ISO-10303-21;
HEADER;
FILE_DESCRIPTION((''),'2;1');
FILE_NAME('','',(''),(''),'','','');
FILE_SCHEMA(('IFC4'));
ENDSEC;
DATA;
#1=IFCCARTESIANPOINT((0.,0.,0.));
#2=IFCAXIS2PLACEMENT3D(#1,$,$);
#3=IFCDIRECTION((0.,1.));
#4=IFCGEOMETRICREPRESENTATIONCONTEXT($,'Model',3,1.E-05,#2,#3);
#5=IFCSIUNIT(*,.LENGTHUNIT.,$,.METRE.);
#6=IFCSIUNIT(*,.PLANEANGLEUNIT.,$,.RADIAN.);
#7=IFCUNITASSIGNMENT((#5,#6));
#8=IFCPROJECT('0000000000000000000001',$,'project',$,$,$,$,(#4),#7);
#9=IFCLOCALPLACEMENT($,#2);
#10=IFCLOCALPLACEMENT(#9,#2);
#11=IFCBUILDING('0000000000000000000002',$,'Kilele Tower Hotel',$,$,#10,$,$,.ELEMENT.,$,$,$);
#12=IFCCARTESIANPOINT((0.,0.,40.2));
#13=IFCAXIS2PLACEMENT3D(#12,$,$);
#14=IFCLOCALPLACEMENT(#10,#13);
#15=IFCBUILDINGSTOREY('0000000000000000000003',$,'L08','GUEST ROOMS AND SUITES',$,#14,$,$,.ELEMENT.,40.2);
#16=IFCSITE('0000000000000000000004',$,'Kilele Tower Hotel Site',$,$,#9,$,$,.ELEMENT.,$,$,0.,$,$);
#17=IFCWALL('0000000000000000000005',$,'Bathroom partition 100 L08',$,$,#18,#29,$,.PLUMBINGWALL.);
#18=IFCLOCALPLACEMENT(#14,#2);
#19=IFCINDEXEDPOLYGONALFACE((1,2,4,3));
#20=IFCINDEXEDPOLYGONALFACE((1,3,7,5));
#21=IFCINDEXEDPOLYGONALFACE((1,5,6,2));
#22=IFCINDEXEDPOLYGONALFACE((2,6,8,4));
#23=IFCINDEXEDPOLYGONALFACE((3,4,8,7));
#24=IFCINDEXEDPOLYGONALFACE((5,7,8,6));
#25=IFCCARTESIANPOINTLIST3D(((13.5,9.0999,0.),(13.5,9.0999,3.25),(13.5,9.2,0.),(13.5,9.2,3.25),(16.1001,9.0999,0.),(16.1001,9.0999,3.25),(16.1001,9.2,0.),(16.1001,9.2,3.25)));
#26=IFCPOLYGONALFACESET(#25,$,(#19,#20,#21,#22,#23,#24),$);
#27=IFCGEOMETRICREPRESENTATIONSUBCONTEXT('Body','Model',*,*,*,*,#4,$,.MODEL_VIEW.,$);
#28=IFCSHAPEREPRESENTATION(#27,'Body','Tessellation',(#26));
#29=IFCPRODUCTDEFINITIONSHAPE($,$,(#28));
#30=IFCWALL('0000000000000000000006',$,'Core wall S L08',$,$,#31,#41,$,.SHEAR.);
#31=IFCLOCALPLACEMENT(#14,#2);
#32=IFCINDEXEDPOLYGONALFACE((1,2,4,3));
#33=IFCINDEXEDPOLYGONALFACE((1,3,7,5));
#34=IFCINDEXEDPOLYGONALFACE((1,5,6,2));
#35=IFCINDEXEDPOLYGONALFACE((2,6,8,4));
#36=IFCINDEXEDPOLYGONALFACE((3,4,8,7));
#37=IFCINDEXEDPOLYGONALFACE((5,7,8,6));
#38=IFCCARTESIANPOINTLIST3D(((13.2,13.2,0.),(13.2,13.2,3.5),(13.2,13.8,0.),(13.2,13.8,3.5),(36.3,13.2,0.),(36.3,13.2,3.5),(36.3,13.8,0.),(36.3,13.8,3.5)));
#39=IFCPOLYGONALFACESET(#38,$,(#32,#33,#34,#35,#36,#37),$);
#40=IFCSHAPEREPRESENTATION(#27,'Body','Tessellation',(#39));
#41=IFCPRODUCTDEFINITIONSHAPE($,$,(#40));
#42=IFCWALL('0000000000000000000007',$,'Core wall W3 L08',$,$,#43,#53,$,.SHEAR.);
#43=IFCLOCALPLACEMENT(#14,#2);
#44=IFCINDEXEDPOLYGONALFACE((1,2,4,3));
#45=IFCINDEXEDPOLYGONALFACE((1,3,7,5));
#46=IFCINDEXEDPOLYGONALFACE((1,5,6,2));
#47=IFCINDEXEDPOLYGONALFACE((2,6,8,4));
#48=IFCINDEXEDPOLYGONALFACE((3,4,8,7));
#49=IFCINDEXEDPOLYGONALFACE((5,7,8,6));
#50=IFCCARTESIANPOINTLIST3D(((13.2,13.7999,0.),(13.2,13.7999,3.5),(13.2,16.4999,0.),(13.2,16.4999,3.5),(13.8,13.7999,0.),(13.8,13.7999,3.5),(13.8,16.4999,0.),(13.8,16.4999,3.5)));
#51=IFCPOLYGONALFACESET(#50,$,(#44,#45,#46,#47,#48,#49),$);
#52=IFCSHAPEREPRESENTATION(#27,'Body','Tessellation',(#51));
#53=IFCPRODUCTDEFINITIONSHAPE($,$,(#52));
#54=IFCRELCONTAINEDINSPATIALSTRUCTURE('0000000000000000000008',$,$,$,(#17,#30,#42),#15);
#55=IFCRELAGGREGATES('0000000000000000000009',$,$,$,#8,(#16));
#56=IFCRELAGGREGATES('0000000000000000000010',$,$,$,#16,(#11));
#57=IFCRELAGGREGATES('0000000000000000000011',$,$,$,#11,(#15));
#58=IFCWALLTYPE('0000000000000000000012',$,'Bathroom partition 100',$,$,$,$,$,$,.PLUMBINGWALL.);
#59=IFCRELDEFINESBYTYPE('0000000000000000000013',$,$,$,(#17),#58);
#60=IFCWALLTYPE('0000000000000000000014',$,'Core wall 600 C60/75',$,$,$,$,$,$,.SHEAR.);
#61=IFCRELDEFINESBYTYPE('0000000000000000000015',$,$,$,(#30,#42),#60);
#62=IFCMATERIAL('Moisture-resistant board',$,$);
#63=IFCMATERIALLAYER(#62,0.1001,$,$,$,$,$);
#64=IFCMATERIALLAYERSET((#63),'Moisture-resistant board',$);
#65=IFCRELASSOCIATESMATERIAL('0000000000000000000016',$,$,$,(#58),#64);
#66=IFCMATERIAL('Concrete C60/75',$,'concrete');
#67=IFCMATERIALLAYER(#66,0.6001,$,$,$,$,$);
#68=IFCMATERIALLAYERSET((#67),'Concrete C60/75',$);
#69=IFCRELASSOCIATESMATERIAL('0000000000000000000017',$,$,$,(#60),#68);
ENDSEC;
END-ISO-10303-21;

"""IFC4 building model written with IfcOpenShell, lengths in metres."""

from ifc_helpers import new_model, si_unit, direction, frame, frame_2d, origin, place, context, subcontext, project, spatial, rectangle, extrude, material, layer, layer_set, type_object, element, save


model = new_model("IFC4")

# Units and contexts
model_context = context("Model", 3, precision=1e-05, world=origin(), true_north=direction((0.0, 1.0)))
body_context = subcontext(model_context, "Body", "Model", "MODEL_VIEW")
ifc_project = project(units=[si_unit("LENGTHUNIT", "METRE"), si_unit("PLANEANGLEUNIT", "RADIAN")], contexts=[model_context])

# Site, building, storey
site_placement = place(None, origin())
site = spatial("IfcSite", under=ifc_project, at=site_placement, Name="Kilele Tower Hotel Site", CompositionType="ELEMENT", RefElevation=0.0)
building_placement = place(site_placement, origin())
building = spatial("IfcBuilding", under=site, at=building_placement, Name="Kilele Tower Hotel", CompositionType="ELEMENT")
storey_placement = place(building_placement, frame((0.0, 0.0, 40.2)))
storey = spatial("IfcBuildingStorey", under=building, at=storey_placement, Name="L08", Description="GUEST ROOMS AND SUITES", CompositionType="ELEMENT", Elevation=40.2)

# Walls
ifc_material_1 = material(Name="Moisture-resistant board")
ifc_layer_1 = layer(ifc_material_1, 0.1001)
ifc_layer_set_1 = layer_set([ifc_layer_1], Name="Moisture-resistant board")
wall_type_1 = type_object("IfcWallType", Name="Bathroom partition 100", PredefinedType="PLUMBINGWALL", material=ifc_layer_set_1)
wall_1_placement = place(storey_placement, frame((13.5, 9.1499, 0.0), z_axis=(0.0, 0.0, 1.0), x_axis=(1.0, 0.0, 0.0)))
element("IfcWall", 1, at=wall_1_placement, inside=storey, type_object=wall_type_1, Name="Bathroom partition 100 L08", PredefinedType="PLUMBINGWALL", context=body_context, shape_type="SweptSolid", body=[
    extrude(rectangle(XDim=2.6001, YDim=0.1001, at=frame_2d((1.3, 0.0))), origin(), (0.0, 0.0, 1.0), 3.25),
])
ifc_material_2 = material(Name="Concrete C60/75", Category="concrete")
ifc_layer_2 = layer(ifc_material_2, 0.6001)
ifc_layer_set_2 = layer_set([ifc_layer_2], Name="Concrete C60/75")
wall_type_2 = type_object("IfcWallType", Name="Core wall 600 C60/75", PredefinedType="SHEAR", material=ifc_layer_set_2)
wall_2_placement = place(storey_placement, frame((13.2, 13.5, 0.0), z_axis=(0.0, 0.0, 1.0), x_axis=(1.0, 0.0, 0.0)))
element("IfcWall", 2, at=wall_2_placement, inside=storey, type_object=wall_type_2, Name="Core wall S L08", PredefinedType="SHEAR", context=body_context, shape_type="SweptSolid", body=[
    extrude(rectangle(XDim=23.1001, YDim=0.6001, at=frame_2d((11.55, 0.0))), origin(), (0.0, 0.0, 1.0), 3.5),
])
wall_3_placement = place(storey_placement, frame((13.5, 16.5, 0.0), z_axis=(0.0, 0.0, 1.0), x_axis=(0.0, -1.0, 0.0)))
element("IfcWall", 3, at=wall_3_placement, inside=storey, type_object=wall_type_2, Name="Core wall W3 L08", PredefinedType="SHEAR", context=body_context, shape_type="SweptSolid", body=[
    extrude(rectangle(XDim=2.7, YDim=0.6001, at=frame_2d((1.3501, 0.0))), origin(), (0.0, 0.0, 1.0), 3.5),
])

save(model, "model.ifc")
